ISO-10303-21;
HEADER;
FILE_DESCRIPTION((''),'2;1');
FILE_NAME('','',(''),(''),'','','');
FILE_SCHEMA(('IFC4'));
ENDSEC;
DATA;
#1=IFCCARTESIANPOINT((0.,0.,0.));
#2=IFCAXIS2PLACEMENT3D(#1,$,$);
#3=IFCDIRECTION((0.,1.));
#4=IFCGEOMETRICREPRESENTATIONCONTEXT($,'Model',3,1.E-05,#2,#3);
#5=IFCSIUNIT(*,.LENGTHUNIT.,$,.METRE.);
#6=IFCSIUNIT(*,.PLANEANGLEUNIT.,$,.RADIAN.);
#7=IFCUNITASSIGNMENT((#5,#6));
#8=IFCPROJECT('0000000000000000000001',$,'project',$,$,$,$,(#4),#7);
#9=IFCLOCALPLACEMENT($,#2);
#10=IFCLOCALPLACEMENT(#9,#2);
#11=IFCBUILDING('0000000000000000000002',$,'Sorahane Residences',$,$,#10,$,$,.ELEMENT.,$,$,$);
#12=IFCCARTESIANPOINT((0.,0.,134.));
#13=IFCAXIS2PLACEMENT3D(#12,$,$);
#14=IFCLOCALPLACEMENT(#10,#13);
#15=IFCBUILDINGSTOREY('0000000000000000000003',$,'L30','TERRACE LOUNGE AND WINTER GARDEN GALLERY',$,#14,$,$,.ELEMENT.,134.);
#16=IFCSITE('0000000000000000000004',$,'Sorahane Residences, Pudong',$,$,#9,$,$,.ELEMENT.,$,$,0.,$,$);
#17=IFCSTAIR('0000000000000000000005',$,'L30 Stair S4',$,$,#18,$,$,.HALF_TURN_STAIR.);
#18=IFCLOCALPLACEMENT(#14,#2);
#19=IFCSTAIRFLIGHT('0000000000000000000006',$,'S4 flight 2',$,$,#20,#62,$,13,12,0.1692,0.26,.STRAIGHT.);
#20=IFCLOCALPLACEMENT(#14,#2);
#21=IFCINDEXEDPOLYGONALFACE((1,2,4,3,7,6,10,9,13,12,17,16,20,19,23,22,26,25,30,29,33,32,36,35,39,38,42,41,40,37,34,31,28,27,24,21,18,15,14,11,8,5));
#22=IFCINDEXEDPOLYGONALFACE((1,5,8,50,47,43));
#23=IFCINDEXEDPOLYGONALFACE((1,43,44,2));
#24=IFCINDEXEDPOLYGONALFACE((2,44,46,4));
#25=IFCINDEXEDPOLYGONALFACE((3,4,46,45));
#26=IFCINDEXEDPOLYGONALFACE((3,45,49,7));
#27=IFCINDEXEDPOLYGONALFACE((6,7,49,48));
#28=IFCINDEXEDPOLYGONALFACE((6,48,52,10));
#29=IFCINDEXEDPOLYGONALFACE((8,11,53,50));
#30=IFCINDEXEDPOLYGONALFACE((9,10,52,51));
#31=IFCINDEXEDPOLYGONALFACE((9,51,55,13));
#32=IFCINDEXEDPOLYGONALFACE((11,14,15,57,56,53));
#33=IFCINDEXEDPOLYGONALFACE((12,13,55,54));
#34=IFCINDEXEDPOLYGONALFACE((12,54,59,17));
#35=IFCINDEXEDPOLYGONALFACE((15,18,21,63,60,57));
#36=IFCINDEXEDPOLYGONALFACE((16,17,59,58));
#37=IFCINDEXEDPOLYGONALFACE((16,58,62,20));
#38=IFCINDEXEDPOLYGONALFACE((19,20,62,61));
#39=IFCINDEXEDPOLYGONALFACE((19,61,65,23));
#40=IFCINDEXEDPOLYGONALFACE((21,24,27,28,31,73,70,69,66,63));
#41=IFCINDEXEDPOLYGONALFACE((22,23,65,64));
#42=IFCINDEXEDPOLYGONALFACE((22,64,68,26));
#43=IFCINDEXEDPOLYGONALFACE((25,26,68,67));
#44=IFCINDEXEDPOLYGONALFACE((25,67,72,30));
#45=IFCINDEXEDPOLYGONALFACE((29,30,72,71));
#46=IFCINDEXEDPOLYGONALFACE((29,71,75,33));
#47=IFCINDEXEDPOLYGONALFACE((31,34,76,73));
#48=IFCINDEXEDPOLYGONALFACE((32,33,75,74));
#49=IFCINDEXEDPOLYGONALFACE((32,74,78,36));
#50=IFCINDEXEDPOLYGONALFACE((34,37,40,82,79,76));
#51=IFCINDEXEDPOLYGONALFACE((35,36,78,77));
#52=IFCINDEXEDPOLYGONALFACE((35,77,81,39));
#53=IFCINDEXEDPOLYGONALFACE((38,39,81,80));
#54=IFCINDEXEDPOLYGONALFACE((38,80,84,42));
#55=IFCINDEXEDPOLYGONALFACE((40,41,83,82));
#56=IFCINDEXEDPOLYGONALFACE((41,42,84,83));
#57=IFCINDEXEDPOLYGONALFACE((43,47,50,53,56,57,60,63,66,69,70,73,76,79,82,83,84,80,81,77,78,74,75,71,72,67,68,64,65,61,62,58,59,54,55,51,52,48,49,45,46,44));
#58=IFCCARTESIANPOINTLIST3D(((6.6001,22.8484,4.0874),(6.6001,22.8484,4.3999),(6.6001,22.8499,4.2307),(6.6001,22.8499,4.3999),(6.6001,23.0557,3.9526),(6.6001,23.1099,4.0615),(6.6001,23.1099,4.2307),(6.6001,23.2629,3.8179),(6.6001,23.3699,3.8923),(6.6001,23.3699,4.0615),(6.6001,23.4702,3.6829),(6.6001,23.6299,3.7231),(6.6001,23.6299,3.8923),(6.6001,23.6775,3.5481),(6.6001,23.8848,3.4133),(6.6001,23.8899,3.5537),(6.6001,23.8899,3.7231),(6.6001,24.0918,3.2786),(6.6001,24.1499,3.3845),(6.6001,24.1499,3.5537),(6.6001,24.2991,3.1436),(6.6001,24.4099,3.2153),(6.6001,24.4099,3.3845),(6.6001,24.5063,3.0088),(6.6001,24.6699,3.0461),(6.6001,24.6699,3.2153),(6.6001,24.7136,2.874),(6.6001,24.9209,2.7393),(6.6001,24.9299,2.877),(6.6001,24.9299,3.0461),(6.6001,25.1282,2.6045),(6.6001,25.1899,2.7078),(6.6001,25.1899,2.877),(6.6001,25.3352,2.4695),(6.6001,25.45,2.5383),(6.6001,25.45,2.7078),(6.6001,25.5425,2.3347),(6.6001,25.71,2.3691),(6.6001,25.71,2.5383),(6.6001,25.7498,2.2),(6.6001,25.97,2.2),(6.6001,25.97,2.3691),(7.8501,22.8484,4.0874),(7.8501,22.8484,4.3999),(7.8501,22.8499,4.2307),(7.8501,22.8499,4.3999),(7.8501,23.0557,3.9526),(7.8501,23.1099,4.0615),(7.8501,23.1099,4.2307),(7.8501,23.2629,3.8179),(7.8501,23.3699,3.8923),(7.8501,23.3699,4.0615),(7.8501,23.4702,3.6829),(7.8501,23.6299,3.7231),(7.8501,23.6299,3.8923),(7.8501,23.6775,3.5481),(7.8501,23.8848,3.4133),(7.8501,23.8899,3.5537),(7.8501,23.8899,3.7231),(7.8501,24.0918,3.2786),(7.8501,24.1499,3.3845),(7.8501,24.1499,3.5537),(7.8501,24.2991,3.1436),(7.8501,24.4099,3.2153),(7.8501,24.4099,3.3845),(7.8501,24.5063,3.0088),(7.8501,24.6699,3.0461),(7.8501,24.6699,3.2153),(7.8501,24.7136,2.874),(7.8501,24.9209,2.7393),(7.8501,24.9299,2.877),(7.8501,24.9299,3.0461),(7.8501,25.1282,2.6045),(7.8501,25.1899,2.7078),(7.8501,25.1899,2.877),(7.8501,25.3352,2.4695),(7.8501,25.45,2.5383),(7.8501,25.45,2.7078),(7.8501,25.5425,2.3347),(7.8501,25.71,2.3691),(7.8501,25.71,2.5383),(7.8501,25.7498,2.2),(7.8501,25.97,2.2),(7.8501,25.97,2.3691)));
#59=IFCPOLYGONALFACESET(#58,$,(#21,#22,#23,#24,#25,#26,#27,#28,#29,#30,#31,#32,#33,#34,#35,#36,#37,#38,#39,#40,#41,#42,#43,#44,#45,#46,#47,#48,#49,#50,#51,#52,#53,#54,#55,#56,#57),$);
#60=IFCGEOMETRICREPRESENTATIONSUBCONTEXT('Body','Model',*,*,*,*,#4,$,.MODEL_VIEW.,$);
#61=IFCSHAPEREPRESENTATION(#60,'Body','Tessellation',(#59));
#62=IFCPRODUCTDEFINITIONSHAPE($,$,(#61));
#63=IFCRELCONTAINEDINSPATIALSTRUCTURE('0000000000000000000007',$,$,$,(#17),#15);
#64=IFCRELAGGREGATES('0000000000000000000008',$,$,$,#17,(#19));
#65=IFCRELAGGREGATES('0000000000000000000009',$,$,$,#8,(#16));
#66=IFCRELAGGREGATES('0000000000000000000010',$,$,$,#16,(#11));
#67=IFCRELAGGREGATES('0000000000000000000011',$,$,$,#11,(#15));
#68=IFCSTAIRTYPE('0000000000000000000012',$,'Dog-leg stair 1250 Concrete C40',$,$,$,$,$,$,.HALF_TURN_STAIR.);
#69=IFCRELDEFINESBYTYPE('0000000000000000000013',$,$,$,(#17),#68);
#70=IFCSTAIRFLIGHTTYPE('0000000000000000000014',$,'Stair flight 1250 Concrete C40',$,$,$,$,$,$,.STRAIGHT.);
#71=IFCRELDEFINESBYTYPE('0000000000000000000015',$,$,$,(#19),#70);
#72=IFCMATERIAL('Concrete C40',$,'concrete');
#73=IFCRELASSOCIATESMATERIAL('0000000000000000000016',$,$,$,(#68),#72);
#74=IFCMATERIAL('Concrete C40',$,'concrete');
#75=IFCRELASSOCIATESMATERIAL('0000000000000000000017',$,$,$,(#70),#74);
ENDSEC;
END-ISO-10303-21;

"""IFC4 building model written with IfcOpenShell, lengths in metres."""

from ifc_helpers import new_model, si_unit, direction, frame, origin, place, context, subcontext, project, spatial, polyline, outline, extrude, material, type_object, element, aggregate, save


model = new_model("IFC4")

# Units and contexts
model_context = context("Model", 3, precision=1e-05, world=origin(), true_north=direction((0.0, 1.0)))
body_context = subcontext(model_context, "Body", "Model", "MODEL_VIEW")
ifc_project = project(units=[si_unit("LENGTHUNIT", "METRE"), si_unit("PLANEANGLEUNIT", "RADIAN")], contexts=[model_context])

# Site, building, storey
site_placement = place(None, origin())
site = spatial("IfcSite", under=ifc_project, at=site_placement, Name="Sorahane Residences, Pudong", CompositionType="ELEMENT", RefElevation=0.0)
building_placement = place(site_placement, origin())
building = spatial("IfcBuilding", under=site, at=building_placement, Name="Sorahane Residences", CompositionType="ELEMENT")
storey_placement = place(building_placement, frame((0.0, 0.0, 134.0)))
storey = spatial("IfcBuildingStorey", under=building, at=storey_placement, Name="L30", Description="TERRACE LOUNGE AND WINTER GARDEN GALLERY", CompositionType="ELEMENT", Elevation=134.0)

# Shared definitions
ifc_material_1 = material(Name="Concrete C40", Category="concrete")
stair_type = type_object("IfcStairType", Name="Dog-leg stair 1250 Concrete C40", PredefinedType="HALF_TURN_STAIR", material=ifc_material_1)
ifc_material_2 = material(Name="Concrete C40", Category="concrete")
stair_flight_type = type_object("IfcStairFlightType", Name="Stair flight 1250 Concrete C40", PredefinedType="STRAIGHT", material=ifc_material_2)

# Stair, stair flight
stair_1_placement = place(storey_placement, origin())
stair_1 = element("IfcStair", 1, at=stair_1_placement, inside=storey, type_object=stair_type, Name="L30 Stair S4", PredefinedType="HALF_TURN_STAIR")
stair_flight_1_placement = place(storey_placement, frame((7.2251, 25.97, 2.2), z_axis=(0.0, 0.0, 1.0), x_axis=(0.0, -1.0, 0.0)))
stair_flight_1 = element("IfcStairFlight", 2, at=stair_flight_1_placement, type_object=stair_flight_type, Name="S4 flight 2", NumberOfRisers=13, NumberOfTreads=12, PredefinedType="STRAIGHT", RiserHeight=0.1692, TreadLength=0.26, context=body_context, shape_type="SweptSolid", body=[
    extrude(outline(polyline([(0.0, 0.0), (0.0, 0.1692), (0.26, 0.1692), (0.26, 0.3384), (0.52, 0.3384), (0.52, 0.5078), (0.78, 0.5078), (0.78, 0.677), (1.04, 0.677), (1.04, 0.8462), (1.3, 0.8462), (1.3, 1.0154), (1.5601, 1.0154), (1.5601, 1.1846), (1.8201, 1.1846), (1.8201, 1.3538), (2.0801, 1.3538), (2.0801, 1.5232), (2.3401, 1.5232), (2.3401, 1.6924), (2.6001, 1.6924), (2.6001, 1.8616), (2.8601, 1.8616), (2.8601, 2.0308), (3.1201, 2.0308), (3.1201, 2.2), (3.1216, 2.2), (3.1216, 1.8875), (2.9143, 1.7527), (2.707, 1.6179), (2.4998, 1.4829), (2.2925, 1.3481), (2.0852, 1.2134), (1.8782, 1.0786), (1.6709, 0.9436), (1.4636, 0.8088), (1.2563, 0.6741), (1.0491, 0.5393), (0.8418, 0.4045), (0.6348, 0.2695), (0.4275, 0.1348), (0.2202, 0.0), (0.0, 0.0)])), frame((0.0, 0.625, 0.0), z_axis=(0.0, -1.0, 0.0), x_axis=(1.0, 0.0, 0.0)), (0.0, 0.0, 1.0), 1.25),
])
aggregate(stair_1, [stair_flight_1])

save(model, "model.ifc")
